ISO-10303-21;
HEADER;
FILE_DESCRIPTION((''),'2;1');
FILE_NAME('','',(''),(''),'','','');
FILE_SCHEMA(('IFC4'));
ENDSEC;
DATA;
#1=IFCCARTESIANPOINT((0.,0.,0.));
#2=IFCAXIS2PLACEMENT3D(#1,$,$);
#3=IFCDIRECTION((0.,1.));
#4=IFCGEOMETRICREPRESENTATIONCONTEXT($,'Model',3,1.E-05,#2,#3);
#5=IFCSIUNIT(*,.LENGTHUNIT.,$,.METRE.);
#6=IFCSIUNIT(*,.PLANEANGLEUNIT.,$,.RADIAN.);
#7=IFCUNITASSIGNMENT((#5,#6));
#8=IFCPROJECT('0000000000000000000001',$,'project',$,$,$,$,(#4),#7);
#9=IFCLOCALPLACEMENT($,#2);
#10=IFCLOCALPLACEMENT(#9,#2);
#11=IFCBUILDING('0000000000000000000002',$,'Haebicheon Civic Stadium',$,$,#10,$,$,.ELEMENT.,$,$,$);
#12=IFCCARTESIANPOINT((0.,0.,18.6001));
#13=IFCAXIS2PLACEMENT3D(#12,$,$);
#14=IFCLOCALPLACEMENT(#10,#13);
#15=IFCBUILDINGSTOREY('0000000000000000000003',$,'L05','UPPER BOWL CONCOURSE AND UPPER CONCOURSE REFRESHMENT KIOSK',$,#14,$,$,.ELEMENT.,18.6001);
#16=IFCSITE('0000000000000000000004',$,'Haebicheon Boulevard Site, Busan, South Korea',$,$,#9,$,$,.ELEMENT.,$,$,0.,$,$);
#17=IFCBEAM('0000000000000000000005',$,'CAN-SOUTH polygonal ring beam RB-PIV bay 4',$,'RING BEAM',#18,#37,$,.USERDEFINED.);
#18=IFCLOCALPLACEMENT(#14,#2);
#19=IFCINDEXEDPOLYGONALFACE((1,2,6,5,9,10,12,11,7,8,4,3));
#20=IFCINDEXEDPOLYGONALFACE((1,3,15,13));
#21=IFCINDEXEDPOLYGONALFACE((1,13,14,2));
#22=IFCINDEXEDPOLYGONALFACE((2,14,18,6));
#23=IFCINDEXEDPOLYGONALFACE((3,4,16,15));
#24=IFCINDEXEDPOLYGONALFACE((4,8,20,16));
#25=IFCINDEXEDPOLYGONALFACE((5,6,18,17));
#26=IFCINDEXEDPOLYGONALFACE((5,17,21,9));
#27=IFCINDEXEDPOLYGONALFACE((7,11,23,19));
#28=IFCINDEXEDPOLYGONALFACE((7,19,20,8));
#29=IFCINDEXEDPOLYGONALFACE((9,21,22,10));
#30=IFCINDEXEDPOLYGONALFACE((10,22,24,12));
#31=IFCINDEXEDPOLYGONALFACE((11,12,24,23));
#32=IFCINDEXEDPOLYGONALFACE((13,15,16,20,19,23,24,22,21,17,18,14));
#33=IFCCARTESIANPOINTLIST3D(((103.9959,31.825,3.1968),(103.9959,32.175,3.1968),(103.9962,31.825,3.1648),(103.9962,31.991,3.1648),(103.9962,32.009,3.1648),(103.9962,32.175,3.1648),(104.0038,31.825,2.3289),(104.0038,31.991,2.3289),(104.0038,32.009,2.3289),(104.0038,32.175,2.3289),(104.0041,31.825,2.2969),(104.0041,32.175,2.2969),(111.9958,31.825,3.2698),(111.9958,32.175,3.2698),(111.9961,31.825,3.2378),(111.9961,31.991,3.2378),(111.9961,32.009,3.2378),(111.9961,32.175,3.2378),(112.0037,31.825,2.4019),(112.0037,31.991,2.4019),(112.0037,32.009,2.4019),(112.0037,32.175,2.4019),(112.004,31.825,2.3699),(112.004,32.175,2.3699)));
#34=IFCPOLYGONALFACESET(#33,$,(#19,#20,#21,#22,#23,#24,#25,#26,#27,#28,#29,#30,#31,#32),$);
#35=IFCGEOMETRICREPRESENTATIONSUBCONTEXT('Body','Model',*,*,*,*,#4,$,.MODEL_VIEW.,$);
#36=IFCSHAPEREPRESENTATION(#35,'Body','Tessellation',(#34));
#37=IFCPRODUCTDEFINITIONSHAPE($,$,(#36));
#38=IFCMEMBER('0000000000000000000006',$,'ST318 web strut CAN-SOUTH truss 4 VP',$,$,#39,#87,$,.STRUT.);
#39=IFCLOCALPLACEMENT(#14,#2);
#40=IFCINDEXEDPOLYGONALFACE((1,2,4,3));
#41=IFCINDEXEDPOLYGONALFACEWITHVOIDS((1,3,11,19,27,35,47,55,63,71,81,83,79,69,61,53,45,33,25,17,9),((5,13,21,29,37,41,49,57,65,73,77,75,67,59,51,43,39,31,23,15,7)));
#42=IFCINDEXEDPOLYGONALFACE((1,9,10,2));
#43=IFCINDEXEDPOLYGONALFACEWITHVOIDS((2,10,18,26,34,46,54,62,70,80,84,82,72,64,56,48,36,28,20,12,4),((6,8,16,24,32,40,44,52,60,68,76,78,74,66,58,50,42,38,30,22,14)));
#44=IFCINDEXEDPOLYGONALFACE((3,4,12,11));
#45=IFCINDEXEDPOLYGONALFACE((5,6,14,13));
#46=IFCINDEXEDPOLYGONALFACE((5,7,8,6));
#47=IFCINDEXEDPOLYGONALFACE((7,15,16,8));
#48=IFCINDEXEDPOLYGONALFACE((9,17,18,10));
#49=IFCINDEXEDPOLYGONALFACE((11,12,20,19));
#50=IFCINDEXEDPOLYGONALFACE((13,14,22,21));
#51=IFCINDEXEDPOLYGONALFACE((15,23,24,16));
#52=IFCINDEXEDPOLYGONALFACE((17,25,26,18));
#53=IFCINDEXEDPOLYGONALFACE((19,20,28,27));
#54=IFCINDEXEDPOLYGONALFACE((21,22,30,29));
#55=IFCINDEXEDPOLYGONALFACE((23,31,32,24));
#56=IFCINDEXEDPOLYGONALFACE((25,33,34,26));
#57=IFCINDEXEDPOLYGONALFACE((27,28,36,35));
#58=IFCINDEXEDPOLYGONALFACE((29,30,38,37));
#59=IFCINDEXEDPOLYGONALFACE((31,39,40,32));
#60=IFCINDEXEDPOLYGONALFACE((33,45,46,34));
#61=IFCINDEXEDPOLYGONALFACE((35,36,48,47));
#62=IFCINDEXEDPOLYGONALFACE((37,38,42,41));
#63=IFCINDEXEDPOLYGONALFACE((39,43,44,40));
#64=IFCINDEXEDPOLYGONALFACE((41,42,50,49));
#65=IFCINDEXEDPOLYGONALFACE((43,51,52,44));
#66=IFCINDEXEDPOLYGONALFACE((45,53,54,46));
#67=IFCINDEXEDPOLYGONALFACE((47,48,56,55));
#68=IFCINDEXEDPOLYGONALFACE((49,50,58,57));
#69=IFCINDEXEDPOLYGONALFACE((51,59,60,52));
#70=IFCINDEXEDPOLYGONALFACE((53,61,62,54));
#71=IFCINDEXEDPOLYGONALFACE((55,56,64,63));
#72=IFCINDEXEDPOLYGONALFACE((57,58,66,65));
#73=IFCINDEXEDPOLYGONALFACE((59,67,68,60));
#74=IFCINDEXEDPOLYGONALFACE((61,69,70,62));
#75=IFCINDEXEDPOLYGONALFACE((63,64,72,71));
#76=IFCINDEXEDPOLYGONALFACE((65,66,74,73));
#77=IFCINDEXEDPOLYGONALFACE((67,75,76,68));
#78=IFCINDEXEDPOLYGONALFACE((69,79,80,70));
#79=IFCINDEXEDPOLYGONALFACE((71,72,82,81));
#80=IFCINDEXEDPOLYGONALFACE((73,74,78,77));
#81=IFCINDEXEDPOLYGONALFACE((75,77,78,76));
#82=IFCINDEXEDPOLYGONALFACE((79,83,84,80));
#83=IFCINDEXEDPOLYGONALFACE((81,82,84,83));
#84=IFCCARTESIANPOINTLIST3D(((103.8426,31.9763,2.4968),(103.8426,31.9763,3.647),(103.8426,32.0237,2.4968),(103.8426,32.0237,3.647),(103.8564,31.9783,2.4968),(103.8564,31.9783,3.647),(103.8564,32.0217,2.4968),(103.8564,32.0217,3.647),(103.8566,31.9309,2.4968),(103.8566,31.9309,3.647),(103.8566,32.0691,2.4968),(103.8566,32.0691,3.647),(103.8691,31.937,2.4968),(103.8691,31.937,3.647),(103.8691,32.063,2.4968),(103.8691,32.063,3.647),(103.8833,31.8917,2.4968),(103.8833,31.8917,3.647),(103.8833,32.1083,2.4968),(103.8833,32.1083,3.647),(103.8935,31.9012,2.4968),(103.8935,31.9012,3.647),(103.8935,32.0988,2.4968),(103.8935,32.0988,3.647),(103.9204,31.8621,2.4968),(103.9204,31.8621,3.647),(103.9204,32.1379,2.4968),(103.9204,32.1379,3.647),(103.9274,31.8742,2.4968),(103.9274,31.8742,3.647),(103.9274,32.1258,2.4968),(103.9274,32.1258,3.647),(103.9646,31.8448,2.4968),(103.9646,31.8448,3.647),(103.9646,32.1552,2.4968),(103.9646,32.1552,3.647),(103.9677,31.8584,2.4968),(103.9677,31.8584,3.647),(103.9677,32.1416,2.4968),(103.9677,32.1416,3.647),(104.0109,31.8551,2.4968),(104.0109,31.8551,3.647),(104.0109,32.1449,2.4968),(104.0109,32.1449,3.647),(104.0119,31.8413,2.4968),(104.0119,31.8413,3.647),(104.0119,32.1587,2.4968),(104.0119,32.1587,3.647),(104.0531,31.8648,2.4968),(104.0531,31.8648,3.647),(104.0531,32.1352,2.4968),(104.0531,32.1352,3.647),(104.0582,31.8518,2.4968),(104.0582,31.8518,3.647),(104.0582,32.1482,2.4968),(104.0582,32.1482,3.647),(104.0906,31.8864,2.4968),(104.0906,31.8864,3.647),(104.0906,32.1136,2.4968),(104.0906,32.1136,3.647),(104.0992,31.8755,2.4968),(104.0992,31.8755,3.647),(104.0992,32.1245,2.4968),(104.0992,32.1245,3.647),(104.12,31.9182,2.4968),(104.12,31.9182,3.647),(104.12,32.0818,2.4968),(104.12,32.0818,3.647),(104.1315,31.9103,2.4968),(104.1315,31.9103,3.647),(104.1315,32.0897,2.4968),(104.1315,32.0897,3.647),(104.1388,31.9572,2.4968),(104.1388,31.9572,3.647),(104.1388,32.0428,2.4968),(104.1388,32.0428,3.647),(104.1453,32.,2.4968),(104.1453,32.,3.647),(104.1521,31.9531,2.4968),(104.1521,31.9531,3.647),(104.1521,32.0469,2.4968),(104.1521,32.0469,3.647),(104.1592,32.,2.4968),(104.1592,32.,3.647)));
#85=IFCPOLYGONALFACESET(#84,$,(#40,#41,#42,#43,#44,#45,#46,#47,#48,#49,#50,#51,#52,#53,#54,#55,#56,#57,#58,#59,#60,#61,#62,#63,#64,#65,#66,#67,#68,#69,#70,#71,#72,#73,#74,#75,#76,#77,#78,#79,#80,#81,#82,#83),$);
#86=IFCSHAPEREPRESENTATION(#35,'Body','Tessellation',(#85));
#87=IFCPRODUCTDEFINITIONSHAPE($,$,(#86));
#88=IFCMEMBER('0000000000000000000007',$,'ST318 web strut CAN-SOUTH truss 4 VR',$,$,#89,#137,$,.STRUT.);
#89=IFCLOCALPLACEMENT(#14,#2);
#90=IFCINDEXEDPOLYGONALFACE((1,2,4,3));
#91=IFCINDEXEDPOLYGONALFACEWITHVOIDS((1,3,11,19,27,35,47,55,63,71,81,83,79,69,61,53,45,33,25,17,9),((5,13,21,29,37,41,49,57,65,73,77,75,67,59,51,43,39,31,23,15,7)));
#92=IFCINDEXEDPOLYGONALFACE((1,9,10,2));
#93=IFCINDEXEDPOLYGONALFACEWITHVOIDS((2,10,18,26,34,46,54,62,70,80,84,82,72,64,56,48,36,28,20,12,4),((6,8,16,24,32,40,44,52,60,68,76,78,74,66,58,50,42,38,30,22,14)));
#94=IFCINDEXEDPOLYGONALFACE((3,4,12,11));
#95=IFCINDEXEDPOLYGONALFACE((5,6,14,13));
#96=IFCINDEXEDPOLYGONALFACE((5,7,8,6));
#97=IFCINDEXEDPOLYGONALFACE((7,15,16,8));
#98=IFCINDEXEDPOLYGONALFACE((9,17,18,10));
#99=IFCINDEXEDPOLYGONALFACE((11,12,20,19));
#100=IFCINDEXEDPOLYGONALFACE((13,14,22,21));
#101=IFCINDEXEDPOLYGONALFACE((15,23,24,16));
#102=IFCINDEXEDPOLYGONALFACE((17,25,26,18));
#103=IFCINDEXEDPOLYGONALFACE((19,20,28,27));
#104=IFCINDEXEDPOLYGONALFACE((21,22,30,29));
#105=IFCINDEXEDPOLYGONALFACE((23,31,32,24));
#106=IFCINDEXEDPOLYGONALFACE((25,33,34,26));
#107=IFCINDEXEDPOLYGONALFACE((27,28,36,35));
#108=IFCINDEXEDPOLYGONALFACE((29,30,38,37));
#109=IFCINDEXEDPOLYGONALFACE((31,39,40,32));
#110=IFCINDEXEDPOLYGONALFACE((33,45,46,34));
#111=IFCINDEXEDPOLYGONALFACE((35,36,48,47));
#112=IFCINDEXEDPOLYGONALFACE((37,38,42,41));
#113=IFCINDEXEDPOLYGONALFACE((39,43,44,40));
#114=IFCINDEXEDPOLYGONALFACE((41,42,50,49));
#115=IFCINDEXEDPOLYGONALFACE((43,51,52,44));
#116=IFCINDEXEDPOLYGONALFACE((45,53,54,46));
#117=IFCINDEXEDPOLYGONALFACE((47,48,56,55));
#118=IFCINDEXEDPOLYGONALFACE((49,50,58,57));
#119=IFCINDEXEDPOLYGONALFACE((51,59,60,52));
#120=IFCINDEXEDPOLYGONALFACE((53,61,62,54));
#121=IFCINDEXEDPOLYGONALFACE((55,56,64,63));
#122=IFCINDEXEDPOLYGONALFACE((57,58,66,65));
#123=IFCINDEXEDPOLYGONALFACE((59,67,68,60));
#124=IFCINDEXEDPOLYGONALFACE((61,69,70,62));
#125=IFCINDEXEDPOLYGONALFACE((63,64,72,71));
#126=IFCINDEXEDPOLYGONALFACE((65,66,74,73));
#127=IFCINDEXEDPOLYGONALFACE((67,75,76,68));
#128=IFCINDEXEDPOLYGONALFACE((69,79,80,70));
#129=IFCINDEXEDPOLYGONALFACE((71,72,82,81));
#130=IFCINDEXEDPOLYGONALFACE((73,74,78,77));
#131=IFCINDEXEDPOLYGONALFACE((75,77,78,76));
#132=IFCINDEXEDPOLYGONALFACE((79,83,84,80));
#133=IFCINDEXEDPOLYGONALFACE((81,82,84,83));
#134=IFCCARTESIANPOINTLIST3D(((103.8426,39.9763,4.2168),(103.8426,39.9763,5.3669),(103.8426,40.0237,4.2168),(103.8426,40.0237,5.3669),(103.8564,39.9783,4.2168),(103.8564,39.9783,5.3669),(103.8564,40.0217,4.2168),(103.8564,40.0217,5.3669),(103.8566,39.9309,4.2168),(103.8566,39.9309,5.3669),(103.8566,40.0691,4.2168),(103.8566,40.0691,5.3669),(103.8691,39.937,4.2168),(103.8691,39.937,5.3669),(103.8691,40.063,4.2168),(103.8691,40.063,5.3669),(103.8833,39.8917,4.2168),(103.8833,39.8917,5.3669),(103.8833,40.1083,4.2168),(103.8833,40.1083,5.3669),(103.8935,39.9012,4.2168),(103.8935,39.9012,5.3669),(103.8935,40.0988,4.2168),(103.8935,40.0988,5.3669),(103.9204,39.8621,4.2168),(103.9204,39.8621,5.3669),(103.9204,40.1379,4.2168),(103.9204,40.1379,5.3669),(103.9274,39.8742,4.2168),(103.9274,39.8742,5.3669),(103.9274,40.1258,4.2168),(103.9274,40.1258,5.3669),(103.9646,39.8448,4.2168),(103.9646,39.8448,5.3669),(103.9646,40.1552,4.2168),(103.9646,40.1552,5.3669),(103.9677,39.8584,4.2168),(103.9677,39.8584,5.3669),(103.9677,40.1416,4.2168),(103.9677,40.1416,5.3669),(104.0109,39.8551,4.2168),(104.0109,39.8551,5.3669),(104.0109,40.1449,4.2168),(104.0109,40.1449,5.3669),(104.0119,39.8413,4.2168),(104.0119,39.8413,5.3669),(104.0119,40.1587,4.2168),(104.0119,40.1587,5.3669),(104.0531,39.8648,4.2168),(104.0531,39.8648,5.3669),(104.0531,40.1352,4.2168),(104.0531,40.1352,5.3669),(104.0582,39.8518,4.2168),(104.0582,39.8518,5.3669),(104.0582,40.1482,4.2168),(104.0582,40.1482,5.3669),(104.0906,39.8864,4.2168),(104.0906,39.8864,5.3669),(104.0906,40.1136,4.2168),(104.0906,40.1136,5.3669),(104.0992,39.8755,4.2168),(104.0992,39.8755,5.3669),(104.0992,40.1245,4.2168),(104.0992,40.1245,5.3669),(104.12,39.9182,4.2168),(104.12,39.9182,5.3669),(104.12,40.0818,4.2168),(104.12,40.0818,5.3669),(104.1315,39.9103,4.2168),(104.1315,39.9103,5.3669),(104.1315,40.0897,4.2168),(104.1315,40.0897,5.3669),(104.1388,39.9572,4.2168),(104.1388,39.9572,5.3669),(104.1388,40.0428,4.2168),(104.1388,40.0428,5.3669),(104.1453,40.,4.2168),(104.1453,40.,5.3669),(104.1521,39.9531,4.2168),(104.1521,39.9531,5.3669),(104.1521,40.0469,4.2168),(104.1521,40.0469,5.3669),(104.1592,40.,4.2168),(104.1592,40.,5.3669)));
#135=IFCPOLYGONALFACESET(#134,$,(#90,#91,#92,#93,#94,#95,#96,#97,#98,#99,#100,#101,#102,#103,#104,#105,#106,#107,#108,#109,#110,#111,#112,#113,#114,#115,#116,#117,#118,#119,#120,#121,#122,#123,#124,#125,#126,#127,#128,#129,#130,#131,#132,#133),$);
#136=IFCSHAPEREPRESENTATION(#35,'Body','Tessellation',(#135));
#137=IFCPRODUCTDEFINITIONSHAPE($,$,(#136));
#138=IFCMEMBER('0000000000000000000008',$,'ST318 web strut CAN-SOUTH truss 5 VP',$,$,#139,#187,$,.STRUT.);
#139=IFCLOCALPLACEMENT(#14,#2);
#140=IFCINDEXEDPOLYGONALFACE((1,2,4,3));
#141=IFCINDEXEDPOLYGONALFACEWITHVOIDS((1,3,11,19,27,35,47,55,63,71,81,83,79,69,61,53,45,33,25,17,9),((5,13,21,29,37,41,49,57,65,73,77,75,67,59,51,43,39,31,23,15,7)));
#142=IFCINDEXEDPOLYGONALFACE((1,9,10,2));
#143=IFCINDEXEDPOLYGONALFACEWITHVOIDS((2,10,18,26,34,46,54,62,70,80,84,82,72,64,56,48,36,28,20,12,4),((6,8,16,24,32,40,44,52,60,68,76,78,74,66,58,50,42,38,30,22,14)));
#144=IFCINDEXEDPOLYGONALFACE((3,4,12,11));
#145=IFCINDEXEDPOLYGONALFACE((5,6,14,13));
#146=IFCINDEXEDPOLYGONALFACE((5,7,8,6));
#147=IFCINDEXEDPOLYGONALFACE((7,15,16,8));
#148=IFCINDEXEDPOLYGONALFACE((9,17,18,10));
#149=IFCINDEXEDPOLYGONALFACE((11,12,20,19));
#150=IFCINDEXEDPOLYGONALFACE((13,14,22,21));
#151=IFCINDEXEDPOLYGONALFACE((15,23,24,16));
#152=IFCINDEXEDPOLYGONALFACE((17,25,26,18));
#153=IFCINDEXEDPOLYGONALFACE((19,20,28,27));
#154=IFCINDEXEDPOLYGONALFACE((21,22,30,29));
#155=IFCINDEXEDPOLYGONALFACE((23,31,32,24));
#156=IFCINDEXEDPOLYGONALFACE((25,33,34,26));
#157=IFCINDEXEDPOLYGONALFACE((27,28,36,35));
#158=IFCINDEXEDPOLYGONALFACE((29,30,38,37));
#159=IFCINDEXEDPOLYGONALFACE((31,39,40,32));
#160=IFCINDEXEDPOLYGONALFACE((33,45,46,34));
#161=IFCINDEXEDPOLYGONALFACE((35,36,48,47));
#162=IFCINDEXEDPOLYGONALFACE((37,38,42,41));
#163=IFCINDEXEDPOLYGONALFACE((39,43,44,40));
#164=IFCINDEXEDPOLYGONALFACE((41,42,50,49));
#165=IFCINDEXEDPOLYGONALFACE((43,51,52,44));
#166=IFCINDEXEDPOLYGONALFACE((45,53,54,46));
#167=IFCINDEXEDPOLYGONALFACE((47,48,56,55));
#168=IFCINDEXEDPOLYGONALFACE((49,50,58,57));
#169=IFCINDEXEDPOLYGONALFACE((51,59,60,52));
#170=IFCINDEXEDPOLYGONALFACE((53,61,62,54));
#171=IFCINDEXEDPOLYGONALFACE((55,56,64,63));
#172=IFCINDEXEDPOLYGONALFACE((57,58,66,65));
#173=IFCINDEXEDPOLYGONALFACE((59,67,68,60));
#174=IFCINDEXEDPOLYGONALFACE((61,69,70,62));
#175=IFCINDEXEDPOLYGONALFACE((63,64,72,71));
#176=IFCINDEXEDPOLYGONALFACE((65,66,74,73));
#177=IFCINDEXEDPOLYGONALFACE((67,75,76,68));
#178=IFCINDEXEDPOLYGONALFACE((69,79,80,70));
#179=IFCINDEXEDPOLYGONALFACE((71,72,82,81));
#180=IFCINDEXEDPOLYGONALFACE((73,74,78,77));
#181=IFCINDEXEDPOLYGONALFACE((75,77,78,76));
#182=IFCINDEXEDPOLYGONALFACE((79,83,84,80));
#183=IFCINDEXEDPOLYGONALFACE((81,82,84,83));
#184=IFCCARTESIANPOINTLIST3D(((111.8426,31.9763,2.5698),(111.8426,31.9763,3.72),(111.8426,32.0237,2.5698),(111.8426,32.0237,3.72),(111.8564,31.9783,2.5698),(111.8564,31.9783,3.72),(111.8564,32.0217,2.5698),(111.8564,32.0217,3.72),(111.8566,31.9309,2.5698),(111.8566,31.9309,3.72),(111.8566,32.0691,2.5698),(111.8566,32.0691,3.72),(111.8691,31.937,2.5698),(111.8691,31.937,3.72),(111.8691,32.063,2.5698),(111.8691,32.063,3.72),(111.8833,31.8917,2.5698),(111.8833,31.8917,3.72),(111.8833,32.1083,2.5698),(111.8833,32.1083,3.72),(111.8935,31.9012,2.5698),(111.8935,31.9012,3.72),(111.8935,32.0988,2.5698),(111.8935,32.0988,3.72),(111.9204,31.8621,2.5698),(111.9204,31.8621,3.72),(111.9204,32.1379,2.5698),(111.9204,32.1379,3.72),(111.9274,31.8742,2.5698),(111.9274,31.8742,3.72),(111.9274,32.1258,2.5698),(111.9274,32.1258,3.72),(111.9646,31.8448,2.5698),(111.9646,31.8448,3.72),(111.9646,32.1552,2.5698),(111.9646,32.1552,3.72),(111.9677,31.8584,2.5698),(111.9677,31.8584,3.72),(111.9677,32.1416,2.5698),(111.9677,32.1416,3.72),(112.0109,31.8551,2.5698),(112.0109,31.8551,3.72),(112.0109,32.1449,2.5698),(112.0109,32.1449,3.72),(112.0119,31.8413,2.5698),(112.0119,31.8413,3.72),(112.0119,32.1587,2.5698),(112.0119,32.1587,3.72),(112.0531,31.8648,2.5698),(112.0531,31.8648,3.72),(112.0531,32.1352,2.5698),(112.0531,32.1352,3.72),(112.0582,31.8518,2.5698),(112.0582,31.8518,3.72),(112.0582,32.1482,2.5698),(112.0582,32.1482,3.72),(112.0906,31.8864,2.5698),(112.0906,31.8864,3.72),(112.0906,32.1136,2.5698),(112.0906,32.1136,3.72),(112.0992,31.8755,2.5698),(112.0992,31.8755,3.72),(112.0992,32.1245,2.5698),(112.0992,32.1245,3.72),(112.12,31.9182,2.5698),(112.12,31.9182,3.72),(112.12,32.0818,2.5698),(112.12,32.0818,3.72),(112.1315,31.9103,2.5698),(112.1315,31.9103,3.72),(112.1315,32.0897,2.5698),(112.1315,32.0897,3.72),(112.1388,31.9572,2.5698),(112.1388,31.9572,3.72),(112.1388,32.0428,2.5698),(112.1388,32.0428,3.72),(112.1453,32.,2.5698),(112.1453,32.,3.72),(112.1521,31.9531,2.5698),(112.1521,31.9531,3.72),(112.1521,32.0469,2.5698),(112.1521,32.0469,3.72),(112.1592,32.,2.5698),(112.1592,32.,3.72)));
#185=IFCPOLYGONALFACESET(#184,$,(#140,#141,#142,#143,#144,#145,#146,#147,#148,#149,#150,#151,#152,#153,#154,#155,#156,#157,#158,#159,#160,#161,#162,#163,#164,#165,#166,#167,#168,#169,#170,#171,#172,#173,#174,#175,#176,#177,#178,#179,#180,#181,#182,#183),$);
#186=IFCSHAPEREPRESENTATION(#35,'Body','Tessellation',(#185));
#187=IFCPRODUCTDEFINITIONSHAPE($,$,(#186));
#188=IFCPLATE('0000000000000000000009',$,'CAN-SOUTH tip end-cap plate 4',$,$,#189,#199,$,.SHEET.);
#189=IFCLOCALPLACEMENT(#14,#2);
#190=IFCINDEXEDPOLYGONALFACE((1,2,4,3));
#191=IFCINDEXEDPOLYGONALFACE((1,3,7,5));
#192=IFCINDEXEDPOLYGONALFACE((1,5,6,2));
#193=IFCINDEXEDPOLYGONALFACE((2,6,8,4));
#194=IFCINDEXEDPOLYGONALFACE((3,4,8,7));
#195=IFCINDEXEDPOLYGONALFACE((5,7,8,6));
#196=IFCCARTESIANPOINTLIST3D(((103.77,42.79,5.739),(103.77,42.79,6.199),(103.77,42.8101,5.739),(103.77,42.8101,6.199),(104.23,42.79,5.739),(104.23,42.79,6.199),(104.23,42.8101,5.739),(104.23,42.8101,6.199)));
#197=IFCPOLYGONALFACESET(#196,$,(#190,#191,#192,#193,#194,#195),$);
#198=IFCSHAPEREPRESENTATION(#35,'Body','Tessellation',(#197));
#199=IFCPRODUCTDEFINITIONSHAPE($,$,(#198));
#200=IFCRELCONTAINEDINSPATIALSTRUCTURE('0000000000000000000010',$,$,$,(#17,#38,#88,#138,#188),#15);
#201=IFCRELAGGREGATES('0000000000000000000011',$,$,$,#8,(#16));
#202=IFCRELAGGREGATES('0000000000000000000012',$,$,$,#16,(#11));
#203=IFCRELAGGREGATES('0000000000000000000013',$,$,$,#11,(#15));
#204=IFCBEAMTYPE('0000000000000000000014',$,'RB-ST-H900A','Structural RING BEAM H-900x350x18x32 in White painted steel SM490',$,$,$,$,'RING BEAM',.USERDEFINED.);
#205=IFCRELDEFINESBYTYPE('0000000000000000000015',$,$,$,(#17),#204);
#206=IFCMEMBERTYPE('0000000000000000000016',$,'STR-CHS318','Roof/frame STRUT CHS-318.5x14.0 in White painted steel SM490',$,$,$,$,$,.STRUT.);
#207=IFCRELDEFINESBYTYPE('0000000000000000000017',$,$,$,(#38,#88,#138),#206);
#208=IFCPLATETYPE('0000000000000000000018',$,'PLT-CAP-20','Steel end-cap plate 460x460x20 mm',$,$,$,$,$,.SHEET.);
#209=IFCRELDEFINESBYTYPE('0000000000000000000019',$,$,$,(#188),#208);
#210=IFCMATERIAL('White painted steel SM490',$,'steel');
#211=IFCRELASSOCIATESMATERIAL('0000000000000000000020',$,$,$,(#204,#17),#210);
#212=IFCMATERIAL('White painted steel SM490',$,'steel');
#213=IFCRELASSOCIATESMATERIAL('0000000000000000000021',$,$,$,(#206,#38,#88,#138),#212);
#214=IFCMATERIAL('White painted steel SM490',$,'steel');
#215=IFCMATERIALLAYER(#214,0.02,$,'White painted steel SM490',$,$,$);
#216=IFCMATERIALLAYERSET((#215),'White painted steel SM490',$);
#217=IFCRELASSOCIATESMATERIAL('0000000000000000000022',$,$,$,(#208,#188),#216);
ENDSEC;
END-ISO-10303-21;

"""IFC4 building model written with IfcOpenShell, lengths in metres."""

from ifc_helpers import new_model, si_unit, direction, frame, origin, origin_2d, place, context, subcontext, project, spatial, rectangle, hollow_circle, i_section, extrude, material, layer, layer_set, material_profile, profile_set, type_object, element, save


model = new_model("IFC4")

# Units and contexts
model_context = context("Model", 3, precision=1e-05, world=origin(), true_north=direction((0.0, 1.0)))
body_context = subcontext(model_context, "Body", "Model", "MODEL_VIEW")
ifc_project = project(units=[si_unit("LENGTHUNIT", "METRE"), si_unit("PLANEANGLEUNIT", "RADIAN")], contexts=[model_context])

# Site, building, storey
site_placement = place(None, origin())
site = spatial("IfcSite", under=ifc_project, at=site_placement, Name="Haebicheon Boulevard Site, Busan, South Korea", CompositionType="ELEMENT", RefElevation=0.0)
building_placement = place(site_placement, origin())
building = spatial("IfcBuilding", under=site, at=building_placement, Name="Haebicheon Civic Stadium", CompositionType="ELEMENT")
storey_placement = place(building_placement, frame((0.0, 0.0, 18.6001)))
storey = spatial("IfcBuildingStorey", under=building, at=storey_placement, Name="L05", Description="UPPER BOWL CONCOURSE AND UPPER CONCOURSE REFRESHMENT KIOSK", CompositionType="ELEMENT", Elevation=18.6001)

# Beam
ifc_material_1 = material(Name="White painted steel SM490", Category="steel")
ifc_material_profile_1 = material_profile(ifc_material_1, i_section(OverallWidth=0.3501, OverallDepth=0.8999, WebThickness=0.0181, FlangeThickness=0.032, at=origin_2d()), Name="H-900x350x18x32")
ifc_profile_set_1 = profile_set([ifc_material_profile_1], Name="White painted steel SM490")
beam_type_1 = type_object("IfcBeamType", Name="RB-ST-H900A", Description="Structural RING BEAM H-900x350x18x32 in White painted steel SM490", ElementType="RING BEAM", PredefinedType="USERDEFINED", material=ifc_profile_set_1)
beam_1_placement = place(storey_placement, frame((104.0, 32.0, 2.7468), z_axis=(0.999958, 0.0, 0.009124), x_axis=(0.0, 1.0, 0.0)))
element("IfcBeam", 1, at=beam_1_placement, inside=storey, type_object=beam_type_1, material=ifc_profile_set_1, Name="CAN-SOUTH polygonal ring beam RB-PIV bay 4", ObjectType="RING BEAM", PredefinedType="USERDEFINED", context=body_context, shape_type="SweptSolid", body=[
    extrude(i_section(OverallWidth=0.3501, OverallDepth=0.8999, WebThickness=0.0181, FlangeThickness=0.032, at=origin_2d()), origin(), (0.0, 0.0, 1.0), 8.0002),
])

# Members
ifc_material_2 = material(Name="White painted steel SM490", Category="steel")
ifc_material_profile_2 = material_profile(ifc_material_2, hollow_circle(Radius=0.1592, WallThickness=0.0139, at=origin_2d()), Name="CHS-318.5x14.0")
ifc_profile_set_2 = profile_set([ifc_material_profile_2], Name="White painted steel SM490")
member_type_1 = type_object("IfcMemberType", Name="STR-CHS318", Description="Roof/frame STRUT CHS-318.5x14.0 in White painted steel SM490", PredefinedType="STRUT", material=ifc_profile_set_2)
for number, where, z_axis, x_axis, name in (
    (2, (104.0, 32.0, 2.4968), (0.0, 0.0, 1.0), (1.0, 0.0, 0.0), "ST318 web strut CAN-SOUTH truss 4 VP"),
    (3, (104.0, 40.0, 4.2168), (0.0, 0.0, 1.0), (1.0, 0.0, 0.0), "ST318 web strut CAN-SOUTH truss 4 VR"),
    (4, (112.0, 32.0, 2.5698), (0.0, 0.0, 1.0), (1.0, 0.0, 0.0), "ST318 web strut CAN-SOUTH truss 5 VP"),
):
    element("IfcMember", number, at=place(storey_placement, frame(where, z_axis=z_axis, x_axis=x_axis)), inside=storey, type_object=member_type_1, material=ifc_profile_set_2, Name=name, PredefinedType="STRUT", context=body_context, shape_type="SweptSolid", body=[
        extrude(hollow_circle(Radius=0.1592, WallThickness=0.0139, at=origin_2d()), origin(), (0.0, 0.0, 1.0), 1.1501),
    ])

# Plate
ifc_material_3 = material(Name="White painted steel SM490", Category="steel")
ifc_layer_1 = layer(ifc_material_3, 0.02, Name="White painted steel SM490")
ifc_layer_set_1 = layer_set([ifc_layer_1], Name="White painted steel SM490")
plate_type_1 = type_object("IfcPlateType", Name="PLT-CAP-20", Description="Steel end-cap plate 460x460x20 mm", PredefinedType="SHEET", material=ifc_layer_set_1)
plate_1_placement = place(storey_placement, frame((104.0, 42.8, 5.739), z_axis=(0.0, 0.0, 1.0), x_axis=(-1.0, 0.0, 0.0)))
element("IfcPlate", 5, at=plate_1_placement, inside=storey, type_object=plate_type_1, material=ifc_layer_set_1, Name="CAN-SOUTH tip end-cap plate 4", PredefinedType="SHEET", context=body_context, shape_type="SweptSolid", body=[
    extrude(rectangle(XDim=0.46, YDim=0.02, at=origin_2d()), origin(), (0.0, 0.0, 1.0), 0.46),
])

save(model, "model.ifc")
